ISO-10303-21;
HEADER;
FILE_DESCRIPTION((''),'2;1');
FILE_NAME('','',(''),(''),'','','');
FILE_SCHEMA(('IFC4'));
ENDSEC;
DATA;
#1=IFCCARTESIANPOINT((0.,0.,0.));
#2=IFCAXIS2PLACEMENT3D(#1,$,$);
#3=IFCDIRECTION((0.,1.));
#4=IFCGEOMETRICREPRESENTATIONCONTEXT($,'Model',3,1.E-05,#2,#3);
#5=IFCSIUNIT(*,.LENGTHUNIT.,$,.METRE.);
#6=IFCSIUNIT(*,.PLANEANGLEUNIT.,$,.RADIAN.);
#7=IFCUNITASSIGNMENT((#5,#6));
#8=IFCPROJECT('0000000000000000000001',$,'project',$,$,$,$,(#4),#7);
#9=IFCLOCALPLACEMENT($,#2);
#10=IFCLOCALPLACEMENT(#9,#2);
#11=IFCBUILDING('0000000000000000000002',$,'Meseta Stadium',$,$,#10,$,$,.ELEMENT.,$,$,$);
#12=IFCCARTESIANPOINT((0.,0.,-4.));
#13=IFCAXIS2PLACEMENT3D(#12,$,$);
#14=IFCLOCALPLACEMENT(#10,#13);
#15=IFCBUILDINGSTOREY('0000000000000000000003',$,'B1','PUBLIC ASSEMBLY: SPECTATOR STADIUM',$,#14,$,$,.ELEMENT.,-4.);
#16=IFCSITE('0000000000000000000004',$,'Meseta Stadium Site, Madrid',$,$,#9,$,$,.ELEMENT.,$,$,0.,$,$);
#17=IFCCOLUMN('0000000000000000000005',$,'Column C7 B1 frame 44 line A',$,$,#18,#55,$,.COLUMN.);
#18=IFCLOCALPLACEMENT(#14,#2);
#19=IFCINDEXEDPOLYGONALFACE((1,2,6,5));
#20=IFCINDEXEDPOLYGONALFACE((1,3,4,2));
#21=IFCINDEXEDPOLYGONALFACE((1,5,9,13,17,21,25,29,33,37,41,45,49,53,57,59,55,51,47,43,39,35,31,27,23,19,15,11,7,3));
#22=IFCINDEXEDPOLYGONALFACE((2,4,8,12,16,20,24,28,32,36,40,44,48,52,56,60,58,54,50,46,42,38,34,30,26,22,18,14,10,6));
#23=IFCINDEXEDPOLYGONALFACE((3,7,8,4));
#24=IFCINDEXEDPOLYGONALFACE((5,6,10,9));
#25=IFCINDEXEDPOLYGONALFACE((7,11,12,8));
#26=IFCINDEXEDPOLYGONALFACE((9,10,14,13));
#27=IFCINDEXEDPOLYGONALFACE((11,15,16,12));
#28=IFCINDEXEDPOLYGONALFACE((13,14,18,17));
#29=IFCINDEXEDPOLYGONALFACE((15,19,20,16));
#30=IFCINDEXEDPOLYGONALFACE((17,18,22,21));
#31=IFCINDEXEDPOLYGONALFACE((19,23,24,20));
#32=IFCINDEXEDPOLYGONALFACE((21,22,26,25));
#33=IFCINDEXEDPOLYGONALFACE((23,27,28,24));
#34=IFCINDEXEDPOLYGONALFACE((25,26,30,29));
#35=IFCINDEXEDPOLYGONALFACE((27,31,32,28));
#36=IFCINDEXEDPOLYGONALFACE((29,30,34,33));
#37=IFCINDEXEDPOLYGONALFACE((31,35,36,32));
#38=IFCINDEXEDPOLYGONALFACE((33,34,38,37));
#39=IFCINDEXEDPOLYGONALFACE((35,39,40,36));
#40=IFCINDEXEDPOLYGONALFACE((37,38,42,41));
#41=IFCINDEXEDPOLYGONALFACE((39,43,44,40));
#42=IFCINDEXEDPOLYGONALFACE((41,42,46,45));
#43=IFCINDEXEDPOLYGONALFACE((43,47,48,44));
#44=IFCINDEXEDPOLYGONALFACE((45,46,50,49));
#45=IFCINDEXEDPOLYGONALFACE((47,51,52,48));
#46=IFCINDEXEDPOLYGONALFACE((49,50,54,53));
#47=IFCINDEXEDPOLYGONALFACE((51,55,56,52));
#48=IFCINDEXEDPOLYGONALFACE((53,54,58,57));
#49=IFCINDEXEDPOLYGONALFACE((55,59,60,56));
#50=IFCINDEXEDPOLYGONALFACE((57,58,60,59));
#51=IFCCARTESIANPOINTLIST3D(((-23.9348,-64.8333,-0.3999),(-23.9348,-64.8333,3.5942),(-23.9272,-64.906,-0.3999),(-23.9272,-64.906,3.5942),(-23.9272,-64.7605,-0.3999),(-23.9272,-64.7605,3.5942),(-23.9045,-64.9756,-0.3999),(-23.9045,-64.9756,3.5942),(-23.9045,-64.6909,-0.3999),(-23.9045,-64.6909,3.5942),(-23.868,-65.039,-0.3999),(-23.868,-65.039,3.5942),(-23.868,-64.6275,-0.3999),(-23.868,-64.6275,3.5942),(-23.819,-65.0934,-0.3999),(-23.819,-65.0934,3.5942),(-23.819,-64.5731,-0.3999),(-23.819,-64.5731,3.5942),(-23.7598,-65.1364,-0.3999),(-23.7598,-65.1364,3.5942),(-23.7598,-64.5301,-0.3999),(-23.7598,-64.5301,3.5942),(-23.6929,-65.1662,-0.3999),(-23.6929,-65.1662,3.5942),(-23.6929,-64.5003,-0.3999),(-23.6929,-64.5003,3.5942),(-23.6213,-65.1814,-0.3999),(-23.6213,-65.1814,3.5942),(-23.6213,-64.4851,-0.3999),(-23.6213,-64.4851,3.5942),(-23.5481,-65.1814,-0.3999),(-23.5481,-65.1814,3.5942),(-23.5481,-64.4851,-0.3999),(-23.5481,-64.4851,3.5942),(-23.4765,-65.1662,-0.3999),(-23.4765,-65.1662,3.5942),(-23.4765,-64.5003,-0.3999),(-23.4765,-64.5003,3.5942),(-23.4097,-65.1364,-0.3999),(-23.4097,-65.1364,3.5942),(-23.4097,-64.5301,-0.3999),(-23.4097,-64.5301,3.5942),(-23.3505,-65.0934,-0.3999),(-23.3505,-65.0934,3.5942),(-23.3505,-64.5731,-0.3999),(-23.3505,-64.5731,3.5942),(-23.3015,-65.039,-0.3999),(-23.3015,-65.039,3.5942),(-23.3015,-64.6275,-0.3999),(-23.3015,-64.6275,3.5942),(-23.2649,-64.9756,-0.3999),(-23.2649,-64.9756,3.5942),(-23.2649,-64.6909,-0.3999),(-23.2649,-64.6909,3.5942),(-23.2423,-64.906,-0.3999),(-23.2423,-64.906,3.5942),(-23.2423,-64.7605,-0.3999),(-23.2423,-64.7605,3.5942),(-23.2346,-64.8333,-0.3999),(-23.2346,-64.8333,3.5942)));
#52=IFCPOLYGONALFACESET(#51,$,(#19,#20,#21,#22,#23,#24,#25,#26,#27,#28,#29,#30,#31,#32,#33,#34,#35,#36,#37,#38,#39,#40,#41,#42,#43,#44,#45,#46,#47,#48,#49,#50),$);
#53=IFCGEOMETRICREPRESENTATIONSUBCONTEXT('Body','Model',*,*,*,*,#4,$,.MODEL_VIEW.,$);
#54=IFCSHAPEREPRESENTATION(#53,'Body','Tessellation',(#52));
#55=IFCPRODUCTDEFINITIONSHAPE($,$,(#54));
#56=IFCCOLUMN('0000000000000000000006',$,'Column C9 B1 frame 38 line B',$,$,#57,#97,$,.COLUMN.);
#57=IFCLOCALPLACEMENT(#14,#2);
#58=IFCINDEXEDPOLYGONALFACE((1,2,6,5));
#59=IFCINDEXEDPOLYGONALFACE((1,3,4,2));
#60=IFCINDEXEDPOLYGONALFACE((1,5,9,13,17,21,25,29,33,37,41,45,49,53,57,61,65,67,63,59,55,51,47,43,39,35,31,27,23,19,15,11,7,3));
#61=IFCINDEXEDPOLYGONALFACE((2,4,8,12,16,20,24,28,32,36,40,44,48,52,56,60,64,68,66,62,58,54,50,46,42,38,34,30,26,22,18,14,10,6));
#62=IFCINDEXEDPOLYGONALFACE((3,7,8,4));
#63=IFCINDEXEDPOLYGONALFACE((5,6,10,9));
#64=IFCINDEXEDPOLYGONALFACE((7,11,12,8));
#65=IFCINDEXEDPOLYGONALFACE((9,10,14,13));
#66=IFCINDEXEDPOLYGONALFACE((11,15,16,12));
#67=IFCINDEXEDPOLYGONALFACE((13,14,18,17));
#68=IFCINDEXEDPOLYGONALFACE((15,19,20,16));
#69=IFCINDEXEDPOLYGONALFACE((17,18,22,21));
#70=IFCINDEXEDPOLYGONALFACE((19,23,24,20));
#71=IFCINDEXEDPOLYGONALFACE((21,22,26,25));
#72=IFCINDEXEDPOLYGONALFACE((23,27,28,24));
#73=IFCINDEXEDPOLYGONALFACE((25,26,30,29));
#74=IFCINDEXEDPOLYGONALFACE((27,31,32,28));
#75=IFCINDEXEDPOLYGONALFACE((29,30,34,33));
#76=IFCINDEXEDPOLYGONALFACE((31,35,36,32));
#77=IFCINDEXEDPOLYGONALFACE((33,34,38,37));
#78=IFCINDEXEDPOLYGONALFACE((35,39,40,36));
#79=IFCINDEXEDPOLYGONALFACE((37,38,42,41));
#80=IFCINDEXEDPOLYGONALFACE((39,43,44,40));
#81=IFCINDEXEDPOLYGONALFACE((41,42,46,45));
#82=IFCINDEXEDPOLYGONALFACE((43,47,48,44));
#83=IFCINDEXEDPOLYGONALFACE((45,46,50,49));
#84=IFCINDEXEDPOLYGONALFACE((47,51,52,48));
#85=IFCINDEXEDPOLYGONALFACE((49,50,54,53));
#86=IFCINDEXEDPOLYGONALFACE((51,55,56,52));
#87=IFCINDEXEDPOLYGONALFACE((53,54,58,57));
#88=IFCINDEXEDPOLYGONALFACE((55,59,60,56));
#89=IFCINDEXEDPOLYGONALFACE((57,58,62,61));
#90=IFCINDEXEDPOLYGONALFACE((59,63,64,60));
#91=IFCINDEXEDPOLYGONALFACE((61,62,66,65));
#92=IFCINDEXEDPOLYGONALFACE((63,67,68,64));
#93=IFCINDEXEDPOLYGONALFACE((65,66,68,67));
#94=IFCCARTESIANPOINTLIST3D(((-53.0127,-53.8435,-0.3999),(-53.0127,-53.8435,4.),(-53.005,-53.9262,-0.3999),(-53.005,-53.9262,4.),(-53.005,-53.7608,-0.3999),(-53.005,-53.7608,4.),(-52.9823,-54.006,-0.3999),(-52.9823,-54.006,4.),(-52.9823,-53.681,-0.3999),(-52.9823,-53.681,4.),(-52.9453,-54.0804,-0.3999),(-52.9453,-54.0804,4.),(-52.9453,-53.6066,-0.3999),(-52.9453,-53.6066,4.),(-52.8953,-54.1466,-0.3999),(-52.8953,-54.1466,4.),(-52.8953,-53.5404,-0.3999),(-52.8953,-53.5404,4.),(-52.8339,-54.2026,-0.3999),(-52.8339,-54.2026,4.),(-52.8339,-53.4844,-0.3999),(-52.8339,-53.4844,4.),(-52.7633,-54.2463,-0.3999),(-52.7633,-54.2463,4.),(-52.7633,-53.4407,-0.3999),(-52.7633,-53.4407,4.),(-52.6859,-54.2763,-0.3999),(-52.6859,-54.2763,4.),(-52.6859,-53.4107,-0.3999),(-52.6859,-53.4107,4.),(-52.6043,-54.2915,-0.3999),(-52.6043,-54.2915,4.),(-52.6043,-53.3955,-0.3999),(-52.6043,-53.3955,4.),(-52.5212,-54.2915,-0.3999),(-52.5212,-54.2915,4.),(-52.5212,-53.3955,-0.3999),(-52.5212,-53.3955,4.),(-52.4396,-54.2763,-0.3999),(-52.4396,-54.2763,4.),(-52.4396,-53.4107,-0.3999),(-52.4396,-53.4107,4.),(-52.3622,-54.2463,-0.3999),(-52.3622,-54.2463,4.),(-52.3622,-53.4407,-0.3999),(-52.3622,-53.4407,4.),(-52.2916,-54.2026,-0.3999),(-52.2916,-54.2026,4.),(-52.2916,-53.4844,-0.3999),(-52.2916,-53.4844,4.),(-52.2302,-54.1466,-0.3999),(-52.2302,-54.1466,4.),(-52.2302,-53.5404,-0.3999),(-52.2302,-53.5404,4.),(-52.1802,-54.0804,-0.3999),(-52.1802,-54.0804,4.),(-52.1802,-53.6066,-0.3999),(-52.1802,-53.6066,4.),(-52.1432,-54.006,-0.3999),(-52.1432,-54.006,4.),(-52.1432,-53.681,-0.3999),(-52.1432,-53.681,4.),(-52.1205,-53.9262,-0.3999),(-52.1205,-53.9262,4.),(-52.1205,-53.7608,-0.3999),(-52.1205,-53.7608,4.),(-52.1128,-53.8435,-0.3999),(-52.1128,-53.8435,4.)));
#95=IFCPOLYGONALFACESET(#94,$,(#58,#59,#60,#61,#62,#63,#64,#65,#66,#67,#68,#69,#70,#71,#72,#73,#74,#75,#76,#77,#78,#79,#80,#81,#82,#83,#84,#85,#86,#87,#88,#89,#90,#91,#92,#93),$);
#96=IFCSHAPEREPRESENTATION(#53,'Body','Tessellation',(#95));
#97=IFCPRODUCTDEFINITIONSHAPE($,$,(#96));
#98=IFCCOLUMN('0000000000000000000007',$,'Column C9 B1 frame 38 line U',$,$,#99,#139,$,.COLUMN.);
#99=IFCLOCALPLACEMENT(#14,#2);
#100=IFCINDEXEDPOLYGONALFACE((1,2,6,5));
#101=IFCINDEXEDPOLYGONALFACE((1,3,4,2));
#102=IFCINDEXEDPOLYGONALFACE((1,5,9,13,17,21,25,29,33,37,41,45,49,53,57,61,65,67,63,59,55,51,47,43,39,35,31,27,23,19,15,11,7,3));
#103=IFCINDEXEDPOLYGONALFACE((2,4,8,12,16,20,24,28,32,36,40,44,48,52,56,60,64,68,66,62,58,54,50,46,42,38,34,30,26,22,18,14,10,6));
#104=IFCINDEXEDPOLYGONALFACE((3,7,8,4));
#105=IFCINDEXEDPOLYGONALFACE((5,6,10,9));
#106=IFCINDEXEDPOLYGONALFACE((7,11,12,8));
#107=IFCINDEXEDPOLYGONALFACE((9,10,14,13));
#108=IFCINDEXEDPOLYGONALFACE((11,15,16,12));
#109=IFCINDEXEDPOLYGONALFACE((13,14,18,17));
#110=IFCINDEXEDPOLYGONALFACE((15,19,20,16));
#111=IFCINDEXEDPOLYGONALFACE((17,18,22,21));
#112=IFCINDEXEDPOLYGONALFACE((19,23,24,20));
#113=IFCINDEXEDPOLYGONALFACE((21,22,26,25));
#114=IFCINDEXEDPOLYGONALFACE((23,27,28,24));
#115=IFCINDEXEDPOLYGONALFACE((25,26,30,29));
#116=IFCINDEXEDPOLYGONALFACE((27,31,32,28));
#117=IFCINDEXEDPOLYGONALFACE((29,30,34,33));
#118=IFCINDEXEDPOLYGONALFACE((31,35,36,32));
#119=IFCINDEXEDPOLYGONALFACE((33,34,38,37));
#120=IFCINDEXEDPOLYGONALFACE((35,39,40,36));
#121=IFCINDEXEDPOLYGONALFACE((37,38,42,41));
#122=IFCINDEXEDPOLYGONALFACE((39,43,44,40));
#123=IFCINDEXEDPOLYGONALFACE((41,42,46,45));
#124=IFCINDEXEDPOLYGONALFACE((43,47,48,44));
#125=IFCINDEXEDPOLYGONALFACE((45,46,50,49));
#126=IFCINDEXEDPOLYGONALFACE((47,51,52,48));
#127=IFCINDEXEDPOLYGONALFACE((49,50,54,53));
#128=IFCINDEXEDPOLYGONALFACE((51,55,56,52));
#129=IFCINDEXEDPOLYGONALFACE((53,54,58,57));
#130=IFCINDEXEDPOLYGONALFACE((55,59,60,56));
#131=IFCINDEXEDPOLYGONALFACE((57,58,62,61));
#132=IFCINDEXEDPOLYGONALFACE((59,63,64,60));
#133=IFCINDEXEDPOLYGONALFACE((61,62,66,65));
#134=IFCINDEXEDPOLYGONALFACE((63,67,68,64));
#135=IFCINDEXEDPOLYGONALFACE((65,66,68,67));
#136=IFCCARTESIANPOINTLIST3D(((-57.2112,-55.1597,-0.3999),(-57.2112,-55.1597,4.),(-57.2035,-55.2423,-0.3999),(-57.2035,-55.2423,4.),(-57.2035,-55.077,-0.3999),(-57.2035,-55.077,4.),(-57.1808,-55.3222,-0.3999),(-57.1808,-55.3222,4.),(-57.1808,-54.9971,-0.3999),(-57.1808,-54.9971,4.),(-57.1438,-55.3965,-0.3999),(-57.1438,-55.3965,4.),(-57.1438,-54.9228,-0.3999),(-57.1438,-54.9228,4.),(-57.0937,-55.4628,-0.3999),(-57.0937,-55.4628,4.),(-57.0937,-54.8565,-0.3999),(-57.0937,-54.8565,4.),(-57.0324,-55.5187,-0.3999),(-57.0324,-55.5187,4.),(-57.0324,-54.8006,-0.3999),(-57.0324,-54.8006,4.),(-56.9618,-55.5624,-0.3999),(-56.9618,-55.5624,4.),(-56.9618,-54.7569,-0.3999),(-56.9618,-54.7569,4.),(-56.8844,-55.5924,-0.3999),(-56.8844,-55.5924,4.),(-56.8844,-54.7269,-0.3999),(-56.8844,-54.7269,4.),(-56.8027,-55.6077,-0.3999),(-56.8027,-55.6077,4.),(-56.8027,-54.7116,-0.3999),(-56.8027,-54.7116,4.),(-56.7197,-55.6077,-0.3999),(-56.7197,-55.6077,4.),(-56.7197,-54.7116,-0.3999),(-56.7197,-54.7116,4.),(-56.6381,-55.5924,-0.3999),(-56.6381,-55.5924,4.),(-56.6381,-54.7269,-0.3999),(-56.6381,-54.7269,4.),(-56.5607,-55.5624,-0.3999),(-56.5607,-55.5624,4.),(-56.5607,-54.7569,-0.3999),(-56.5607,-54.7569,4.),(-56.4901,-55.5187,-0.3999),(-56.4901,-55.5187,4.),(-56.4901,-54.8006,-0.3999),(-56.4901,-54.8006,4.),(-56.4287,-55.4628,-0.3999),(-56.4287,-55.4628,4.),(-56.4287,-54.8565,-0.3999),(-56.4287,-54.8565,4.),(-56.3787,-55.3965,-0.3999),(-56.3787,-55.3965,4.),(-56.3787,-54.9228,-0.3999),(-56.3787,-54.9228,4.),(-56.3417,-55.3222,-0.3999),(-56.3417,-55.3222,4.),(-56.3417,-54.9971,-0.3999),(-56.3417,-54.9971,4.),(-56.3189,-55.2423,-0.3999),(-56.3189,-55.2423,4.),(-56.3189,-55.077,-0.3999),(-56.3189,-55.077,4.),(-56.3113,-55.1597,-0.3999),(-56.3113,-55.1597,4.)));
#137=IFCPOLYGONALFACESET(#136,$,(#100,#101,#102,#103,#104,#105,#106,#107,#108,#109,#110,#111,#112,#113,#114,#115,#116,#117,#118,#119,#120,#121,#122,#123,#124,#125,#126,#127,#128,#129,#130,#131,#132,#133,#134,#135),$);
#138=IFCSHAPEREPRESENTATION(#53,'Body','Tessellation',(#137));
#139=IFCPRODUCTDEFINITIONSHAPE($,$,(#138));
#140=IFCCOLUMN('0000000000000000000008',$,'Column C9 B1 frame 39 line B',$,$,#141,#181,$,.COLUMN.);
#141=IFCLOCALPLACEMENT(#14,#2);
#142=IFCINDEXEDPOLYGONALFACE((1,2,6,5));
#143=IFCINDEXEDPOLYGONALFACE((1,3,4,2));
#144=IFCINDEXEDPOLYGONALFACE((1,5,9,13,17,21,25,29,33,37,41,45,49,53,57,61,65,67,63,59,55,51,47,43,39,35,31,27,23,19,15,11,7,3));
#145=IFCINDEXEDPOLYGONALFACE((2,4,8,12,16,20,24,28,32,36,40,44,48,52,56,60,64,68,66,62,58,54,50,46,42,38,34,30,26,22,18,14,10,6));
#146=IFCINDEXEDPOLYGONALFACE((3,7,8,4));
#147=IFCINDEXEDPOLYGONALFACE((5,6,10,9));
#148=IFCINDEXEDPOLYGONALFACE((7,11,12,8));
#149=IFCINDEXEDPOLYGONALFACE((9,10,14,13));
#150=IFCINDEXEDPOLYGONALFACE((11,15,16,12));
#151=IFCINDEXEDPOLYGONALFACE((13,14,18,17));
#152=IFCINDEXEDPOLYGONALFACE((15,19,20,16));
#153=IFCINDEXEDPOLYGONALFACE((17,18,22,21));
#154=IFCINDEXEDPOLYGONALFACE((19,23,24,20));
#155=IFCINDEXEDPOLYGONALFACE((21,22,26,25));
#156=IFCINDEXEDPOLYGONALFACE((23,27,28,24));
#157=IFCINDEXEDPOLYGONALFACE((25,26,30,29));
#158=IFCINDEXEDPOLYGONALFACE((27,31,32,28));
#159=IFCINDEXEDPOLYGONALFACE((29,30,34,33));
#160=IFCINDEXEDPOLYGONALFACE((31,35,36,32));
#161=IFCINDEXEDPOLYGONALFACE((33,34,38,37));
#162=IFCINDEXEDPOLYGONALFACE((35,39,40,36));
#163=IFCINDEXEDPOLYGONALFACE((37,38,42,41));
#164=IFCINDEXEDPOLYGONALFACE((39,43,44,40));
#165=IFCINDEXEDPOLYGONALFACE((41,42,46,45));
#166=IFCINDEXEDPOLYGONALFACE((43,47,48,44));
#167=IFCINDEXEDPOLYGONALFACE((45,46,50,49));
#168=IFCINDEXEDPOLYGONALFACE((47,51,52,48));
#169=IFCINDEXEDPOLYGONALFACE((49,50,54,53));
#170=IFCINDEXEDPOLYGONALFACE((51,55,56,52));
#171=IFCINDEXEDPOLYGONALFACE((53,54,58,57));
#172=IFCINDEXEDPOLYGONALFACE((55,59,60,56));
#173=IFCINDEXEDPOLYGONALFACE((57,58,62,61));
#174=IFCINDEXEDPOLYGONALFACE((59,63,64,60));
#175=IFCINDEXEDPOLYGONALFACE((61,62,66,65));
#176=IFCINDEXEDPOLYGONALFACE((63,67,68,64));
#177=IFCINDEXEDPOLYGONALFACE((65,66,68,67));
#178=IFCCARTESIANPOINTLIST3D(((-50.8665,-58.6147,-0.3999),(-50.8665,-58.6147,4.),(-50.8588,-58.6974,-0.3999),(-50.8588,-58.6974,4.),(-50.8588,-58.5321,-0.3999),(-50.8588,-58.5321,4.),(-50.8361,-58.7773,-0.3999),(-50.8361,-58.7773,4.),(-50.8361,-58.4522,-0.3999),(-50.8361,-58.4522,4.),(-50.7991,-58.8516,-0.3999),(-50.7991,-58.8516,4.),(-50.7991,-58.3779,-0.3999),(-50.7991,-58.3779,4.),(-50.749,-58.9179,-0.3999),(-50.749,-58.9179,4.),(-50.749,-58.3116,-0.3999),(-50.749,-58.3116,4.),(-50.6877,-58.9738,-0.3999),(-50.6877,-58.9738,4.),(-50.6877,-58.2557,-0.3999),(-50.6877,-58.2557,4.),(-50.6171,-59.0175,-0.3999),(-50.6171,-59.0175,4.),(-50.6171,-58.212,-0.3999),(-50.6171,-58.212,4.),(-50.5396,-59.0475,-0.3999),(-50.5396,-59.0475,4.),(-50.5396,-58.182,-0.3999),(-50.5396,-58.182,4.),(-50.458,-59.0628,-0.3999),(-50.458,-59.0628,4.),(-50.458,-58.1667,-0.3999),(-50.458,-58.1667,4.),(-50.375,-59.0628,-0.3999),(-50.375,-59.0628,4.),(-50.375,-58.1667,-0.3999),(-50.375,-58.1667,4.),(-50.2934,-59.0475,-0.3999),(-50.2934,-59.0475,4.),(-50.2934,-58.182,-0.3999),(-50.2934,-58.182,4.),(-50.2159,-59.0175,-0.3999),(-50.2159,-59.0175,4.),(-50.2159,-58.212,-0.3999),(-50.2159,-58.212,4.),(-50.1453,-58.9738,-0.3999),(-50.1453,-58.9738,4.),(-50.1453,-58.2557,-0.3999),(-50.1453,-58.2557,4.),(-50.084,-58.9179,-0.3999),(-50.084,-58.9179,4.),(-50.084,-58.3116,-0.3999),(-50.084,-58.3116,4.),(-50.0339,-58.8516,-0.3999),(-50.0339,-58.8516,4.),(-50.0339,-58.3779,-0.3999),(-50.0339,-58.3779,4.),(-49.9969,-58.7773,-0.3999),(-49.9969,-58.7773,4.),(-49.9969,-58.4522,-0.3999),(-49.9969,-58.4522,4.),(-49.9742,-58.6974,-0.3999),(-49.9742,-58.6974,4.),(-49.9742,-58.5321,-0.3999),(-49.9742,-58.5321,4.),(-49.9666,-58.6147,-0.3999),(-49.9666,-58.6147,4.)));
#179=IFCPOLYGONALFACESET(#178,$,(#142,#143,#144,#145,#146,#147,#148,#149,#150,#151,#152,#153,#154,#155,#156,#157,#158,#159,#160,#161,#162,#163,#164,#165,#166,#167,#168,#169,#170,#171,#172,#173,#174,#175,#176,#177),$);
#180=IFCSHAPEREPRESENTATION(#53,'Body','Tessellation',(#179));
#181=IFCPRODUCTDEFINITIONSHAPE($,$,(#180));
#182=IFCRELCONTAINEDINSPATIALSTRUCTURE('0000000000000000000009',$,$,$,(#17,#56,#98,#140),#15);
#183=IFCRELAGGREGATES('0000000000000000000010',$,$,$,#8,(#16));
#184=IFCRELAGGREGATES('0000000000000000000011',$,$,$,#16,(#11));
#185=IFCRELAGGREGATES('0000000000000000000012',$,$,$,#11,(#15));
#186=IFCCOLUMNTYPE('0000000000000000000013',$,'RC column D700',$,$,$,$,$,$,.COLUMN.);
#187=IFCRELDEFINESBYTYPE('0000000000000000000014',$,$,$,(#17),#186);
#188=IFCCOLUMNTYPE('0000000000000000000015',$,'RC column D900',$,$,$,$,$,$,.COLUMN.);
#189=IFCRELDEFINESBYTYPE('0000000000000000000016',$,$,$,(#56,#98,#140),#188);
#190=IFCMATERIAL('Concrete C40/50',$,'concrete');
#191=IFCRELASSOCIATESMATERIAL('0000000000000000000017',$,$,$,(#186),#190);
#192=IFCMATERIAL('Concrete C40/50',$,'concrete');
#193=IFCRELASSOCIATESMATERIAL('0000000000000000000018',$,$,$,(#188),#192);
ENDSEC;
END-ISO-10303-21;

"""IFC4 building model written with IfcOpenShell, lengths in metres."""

from ifc_helpers import new_model, si_unit, direction, frame, origin, origin_2d, place, context, subcontext, project, spatial, circle, extrude, material, material_profile, profile_set, type_object, element, save


model = new_model("IFC4")

# Units and contexts
model_context = context("Model", 3, precision=1e-05, world=origin(), true_north=direction((0.0, 1.0)))
body_context = subcontext(model_context, "Body", "Model", "MODEL_VIEW")
ifc_project = project(units=[si_unit("LENGTHUNIT", "METRE"), si_unit("PLANEANGLEUNIT", "RADIAN")], contexts=[model_context])

# Site, building, storey
site_placement = place(None, origin())
site = spatial("IfcSite", under=ifc_project, at=site_placement, Name="Meseta Stadium Site, Madrid", CompositionType="ELEMENT", RefElevation=0.0)
building_placement = place(site_placement, origin())
building = spatial("IfcBuilding", under=site, at=building_placement, Name="Meseta Stadium", CompositionType="ELEMENT")
storey_placement = place(building_placement, frame((0.0, 0.0, -4.0)))
storey = spatial("IfcBuildingStorey", under=building, at=storey_placement, Name="B1", Description="PUBLIC ASSEMBLY: SPECTATOR STADIUM", CompositionType="ELEMENT", Elevation=-4.0)

# Columns
ifc_material_1 = material(Name="Concrete C40/50", Category="concrete")
ifc_material_profile_1 = material_profile(ifc_material_1, circle(Radius=0.3501, at=origin_2d()), Name="RC D700")
ifc_profile_set_1 = profile_set([ifc_material_profile_1], Name="Concrete C40/50")
column_type_1 = type_object("IfcColumnType", Name="RC column D700", PredefinedType="COLUMN", material=ifc_profile_set_1)
column_1_placement = place(storey_placement, frame((-23.5847, -64.8333, -0.3999), z_axis=(0.0, 0.0, 1.0), x_axis=(1.0, 0.0, 0.0)))
element("IfcColumn", 1, at=column_1_placement, inside=storey, type_object=column_type_1, Name="Column C7 B1 frame 44 line A", PredefinedType="COLUMN", context=body_context, shape_type="SweptSolid", body=[
    extrude(circle(Radius=0.3501, at=origin_2d()), origin(), (0.0, 0.0, 1.0), 3.9941),
])
ifc_material_2 = material(Name="Concrete C40/50", Category="concrete")
ifc_material_profile_2 = material_profile(ifc_material_2, circle(Radius=0.45, at=origin_2d()), Name="RC D900")
ifc_profile_set_2 = profile_set([ifc_material_profile_2], Name="Concrete C40/50")
column_type_2 = type_object("IfcColumnType", Name="RC column D900", PredefinedType="COLUMN", material=ifc_profile_set_2)
for number, where, z_axis, x_axis, name in (
    (2, (-52.5627, -53.8435, -0.3999), (0.0, 0.0, 1.0), (1.0, 0.0, 0.0), "Column C9 B1 frame 38 line B"),
    (3, (-56.7612, -55.1597, -0.3999), (0.0, 0.0, 1.0), (1.0, 0.0, 0.0), "Column C9 B1 frame 38 line U"),
    (4, (-50.4165, -58.6147, -0.3999), (0.0, 0.0, 1.0), (1.0, 0.0, 0.0), "Column C9 B1 frame 39 line B"),
):
    element("IfcColumn", number, at=place(storey_placement, frame(where, z_axis=z_axis, x_axis=x_axis)), inside=storey, type_object=column_type_2, Name=name, PredefinedType="COLUMN", context=body_context, shape_type="SweptSolid", body=[
        extrude(circle(Radius=0.45, at=origin_2d()), origin(), (0.0, 0.0, 1.0), 4.3999),
    ])

save(model, "model.ifc")
